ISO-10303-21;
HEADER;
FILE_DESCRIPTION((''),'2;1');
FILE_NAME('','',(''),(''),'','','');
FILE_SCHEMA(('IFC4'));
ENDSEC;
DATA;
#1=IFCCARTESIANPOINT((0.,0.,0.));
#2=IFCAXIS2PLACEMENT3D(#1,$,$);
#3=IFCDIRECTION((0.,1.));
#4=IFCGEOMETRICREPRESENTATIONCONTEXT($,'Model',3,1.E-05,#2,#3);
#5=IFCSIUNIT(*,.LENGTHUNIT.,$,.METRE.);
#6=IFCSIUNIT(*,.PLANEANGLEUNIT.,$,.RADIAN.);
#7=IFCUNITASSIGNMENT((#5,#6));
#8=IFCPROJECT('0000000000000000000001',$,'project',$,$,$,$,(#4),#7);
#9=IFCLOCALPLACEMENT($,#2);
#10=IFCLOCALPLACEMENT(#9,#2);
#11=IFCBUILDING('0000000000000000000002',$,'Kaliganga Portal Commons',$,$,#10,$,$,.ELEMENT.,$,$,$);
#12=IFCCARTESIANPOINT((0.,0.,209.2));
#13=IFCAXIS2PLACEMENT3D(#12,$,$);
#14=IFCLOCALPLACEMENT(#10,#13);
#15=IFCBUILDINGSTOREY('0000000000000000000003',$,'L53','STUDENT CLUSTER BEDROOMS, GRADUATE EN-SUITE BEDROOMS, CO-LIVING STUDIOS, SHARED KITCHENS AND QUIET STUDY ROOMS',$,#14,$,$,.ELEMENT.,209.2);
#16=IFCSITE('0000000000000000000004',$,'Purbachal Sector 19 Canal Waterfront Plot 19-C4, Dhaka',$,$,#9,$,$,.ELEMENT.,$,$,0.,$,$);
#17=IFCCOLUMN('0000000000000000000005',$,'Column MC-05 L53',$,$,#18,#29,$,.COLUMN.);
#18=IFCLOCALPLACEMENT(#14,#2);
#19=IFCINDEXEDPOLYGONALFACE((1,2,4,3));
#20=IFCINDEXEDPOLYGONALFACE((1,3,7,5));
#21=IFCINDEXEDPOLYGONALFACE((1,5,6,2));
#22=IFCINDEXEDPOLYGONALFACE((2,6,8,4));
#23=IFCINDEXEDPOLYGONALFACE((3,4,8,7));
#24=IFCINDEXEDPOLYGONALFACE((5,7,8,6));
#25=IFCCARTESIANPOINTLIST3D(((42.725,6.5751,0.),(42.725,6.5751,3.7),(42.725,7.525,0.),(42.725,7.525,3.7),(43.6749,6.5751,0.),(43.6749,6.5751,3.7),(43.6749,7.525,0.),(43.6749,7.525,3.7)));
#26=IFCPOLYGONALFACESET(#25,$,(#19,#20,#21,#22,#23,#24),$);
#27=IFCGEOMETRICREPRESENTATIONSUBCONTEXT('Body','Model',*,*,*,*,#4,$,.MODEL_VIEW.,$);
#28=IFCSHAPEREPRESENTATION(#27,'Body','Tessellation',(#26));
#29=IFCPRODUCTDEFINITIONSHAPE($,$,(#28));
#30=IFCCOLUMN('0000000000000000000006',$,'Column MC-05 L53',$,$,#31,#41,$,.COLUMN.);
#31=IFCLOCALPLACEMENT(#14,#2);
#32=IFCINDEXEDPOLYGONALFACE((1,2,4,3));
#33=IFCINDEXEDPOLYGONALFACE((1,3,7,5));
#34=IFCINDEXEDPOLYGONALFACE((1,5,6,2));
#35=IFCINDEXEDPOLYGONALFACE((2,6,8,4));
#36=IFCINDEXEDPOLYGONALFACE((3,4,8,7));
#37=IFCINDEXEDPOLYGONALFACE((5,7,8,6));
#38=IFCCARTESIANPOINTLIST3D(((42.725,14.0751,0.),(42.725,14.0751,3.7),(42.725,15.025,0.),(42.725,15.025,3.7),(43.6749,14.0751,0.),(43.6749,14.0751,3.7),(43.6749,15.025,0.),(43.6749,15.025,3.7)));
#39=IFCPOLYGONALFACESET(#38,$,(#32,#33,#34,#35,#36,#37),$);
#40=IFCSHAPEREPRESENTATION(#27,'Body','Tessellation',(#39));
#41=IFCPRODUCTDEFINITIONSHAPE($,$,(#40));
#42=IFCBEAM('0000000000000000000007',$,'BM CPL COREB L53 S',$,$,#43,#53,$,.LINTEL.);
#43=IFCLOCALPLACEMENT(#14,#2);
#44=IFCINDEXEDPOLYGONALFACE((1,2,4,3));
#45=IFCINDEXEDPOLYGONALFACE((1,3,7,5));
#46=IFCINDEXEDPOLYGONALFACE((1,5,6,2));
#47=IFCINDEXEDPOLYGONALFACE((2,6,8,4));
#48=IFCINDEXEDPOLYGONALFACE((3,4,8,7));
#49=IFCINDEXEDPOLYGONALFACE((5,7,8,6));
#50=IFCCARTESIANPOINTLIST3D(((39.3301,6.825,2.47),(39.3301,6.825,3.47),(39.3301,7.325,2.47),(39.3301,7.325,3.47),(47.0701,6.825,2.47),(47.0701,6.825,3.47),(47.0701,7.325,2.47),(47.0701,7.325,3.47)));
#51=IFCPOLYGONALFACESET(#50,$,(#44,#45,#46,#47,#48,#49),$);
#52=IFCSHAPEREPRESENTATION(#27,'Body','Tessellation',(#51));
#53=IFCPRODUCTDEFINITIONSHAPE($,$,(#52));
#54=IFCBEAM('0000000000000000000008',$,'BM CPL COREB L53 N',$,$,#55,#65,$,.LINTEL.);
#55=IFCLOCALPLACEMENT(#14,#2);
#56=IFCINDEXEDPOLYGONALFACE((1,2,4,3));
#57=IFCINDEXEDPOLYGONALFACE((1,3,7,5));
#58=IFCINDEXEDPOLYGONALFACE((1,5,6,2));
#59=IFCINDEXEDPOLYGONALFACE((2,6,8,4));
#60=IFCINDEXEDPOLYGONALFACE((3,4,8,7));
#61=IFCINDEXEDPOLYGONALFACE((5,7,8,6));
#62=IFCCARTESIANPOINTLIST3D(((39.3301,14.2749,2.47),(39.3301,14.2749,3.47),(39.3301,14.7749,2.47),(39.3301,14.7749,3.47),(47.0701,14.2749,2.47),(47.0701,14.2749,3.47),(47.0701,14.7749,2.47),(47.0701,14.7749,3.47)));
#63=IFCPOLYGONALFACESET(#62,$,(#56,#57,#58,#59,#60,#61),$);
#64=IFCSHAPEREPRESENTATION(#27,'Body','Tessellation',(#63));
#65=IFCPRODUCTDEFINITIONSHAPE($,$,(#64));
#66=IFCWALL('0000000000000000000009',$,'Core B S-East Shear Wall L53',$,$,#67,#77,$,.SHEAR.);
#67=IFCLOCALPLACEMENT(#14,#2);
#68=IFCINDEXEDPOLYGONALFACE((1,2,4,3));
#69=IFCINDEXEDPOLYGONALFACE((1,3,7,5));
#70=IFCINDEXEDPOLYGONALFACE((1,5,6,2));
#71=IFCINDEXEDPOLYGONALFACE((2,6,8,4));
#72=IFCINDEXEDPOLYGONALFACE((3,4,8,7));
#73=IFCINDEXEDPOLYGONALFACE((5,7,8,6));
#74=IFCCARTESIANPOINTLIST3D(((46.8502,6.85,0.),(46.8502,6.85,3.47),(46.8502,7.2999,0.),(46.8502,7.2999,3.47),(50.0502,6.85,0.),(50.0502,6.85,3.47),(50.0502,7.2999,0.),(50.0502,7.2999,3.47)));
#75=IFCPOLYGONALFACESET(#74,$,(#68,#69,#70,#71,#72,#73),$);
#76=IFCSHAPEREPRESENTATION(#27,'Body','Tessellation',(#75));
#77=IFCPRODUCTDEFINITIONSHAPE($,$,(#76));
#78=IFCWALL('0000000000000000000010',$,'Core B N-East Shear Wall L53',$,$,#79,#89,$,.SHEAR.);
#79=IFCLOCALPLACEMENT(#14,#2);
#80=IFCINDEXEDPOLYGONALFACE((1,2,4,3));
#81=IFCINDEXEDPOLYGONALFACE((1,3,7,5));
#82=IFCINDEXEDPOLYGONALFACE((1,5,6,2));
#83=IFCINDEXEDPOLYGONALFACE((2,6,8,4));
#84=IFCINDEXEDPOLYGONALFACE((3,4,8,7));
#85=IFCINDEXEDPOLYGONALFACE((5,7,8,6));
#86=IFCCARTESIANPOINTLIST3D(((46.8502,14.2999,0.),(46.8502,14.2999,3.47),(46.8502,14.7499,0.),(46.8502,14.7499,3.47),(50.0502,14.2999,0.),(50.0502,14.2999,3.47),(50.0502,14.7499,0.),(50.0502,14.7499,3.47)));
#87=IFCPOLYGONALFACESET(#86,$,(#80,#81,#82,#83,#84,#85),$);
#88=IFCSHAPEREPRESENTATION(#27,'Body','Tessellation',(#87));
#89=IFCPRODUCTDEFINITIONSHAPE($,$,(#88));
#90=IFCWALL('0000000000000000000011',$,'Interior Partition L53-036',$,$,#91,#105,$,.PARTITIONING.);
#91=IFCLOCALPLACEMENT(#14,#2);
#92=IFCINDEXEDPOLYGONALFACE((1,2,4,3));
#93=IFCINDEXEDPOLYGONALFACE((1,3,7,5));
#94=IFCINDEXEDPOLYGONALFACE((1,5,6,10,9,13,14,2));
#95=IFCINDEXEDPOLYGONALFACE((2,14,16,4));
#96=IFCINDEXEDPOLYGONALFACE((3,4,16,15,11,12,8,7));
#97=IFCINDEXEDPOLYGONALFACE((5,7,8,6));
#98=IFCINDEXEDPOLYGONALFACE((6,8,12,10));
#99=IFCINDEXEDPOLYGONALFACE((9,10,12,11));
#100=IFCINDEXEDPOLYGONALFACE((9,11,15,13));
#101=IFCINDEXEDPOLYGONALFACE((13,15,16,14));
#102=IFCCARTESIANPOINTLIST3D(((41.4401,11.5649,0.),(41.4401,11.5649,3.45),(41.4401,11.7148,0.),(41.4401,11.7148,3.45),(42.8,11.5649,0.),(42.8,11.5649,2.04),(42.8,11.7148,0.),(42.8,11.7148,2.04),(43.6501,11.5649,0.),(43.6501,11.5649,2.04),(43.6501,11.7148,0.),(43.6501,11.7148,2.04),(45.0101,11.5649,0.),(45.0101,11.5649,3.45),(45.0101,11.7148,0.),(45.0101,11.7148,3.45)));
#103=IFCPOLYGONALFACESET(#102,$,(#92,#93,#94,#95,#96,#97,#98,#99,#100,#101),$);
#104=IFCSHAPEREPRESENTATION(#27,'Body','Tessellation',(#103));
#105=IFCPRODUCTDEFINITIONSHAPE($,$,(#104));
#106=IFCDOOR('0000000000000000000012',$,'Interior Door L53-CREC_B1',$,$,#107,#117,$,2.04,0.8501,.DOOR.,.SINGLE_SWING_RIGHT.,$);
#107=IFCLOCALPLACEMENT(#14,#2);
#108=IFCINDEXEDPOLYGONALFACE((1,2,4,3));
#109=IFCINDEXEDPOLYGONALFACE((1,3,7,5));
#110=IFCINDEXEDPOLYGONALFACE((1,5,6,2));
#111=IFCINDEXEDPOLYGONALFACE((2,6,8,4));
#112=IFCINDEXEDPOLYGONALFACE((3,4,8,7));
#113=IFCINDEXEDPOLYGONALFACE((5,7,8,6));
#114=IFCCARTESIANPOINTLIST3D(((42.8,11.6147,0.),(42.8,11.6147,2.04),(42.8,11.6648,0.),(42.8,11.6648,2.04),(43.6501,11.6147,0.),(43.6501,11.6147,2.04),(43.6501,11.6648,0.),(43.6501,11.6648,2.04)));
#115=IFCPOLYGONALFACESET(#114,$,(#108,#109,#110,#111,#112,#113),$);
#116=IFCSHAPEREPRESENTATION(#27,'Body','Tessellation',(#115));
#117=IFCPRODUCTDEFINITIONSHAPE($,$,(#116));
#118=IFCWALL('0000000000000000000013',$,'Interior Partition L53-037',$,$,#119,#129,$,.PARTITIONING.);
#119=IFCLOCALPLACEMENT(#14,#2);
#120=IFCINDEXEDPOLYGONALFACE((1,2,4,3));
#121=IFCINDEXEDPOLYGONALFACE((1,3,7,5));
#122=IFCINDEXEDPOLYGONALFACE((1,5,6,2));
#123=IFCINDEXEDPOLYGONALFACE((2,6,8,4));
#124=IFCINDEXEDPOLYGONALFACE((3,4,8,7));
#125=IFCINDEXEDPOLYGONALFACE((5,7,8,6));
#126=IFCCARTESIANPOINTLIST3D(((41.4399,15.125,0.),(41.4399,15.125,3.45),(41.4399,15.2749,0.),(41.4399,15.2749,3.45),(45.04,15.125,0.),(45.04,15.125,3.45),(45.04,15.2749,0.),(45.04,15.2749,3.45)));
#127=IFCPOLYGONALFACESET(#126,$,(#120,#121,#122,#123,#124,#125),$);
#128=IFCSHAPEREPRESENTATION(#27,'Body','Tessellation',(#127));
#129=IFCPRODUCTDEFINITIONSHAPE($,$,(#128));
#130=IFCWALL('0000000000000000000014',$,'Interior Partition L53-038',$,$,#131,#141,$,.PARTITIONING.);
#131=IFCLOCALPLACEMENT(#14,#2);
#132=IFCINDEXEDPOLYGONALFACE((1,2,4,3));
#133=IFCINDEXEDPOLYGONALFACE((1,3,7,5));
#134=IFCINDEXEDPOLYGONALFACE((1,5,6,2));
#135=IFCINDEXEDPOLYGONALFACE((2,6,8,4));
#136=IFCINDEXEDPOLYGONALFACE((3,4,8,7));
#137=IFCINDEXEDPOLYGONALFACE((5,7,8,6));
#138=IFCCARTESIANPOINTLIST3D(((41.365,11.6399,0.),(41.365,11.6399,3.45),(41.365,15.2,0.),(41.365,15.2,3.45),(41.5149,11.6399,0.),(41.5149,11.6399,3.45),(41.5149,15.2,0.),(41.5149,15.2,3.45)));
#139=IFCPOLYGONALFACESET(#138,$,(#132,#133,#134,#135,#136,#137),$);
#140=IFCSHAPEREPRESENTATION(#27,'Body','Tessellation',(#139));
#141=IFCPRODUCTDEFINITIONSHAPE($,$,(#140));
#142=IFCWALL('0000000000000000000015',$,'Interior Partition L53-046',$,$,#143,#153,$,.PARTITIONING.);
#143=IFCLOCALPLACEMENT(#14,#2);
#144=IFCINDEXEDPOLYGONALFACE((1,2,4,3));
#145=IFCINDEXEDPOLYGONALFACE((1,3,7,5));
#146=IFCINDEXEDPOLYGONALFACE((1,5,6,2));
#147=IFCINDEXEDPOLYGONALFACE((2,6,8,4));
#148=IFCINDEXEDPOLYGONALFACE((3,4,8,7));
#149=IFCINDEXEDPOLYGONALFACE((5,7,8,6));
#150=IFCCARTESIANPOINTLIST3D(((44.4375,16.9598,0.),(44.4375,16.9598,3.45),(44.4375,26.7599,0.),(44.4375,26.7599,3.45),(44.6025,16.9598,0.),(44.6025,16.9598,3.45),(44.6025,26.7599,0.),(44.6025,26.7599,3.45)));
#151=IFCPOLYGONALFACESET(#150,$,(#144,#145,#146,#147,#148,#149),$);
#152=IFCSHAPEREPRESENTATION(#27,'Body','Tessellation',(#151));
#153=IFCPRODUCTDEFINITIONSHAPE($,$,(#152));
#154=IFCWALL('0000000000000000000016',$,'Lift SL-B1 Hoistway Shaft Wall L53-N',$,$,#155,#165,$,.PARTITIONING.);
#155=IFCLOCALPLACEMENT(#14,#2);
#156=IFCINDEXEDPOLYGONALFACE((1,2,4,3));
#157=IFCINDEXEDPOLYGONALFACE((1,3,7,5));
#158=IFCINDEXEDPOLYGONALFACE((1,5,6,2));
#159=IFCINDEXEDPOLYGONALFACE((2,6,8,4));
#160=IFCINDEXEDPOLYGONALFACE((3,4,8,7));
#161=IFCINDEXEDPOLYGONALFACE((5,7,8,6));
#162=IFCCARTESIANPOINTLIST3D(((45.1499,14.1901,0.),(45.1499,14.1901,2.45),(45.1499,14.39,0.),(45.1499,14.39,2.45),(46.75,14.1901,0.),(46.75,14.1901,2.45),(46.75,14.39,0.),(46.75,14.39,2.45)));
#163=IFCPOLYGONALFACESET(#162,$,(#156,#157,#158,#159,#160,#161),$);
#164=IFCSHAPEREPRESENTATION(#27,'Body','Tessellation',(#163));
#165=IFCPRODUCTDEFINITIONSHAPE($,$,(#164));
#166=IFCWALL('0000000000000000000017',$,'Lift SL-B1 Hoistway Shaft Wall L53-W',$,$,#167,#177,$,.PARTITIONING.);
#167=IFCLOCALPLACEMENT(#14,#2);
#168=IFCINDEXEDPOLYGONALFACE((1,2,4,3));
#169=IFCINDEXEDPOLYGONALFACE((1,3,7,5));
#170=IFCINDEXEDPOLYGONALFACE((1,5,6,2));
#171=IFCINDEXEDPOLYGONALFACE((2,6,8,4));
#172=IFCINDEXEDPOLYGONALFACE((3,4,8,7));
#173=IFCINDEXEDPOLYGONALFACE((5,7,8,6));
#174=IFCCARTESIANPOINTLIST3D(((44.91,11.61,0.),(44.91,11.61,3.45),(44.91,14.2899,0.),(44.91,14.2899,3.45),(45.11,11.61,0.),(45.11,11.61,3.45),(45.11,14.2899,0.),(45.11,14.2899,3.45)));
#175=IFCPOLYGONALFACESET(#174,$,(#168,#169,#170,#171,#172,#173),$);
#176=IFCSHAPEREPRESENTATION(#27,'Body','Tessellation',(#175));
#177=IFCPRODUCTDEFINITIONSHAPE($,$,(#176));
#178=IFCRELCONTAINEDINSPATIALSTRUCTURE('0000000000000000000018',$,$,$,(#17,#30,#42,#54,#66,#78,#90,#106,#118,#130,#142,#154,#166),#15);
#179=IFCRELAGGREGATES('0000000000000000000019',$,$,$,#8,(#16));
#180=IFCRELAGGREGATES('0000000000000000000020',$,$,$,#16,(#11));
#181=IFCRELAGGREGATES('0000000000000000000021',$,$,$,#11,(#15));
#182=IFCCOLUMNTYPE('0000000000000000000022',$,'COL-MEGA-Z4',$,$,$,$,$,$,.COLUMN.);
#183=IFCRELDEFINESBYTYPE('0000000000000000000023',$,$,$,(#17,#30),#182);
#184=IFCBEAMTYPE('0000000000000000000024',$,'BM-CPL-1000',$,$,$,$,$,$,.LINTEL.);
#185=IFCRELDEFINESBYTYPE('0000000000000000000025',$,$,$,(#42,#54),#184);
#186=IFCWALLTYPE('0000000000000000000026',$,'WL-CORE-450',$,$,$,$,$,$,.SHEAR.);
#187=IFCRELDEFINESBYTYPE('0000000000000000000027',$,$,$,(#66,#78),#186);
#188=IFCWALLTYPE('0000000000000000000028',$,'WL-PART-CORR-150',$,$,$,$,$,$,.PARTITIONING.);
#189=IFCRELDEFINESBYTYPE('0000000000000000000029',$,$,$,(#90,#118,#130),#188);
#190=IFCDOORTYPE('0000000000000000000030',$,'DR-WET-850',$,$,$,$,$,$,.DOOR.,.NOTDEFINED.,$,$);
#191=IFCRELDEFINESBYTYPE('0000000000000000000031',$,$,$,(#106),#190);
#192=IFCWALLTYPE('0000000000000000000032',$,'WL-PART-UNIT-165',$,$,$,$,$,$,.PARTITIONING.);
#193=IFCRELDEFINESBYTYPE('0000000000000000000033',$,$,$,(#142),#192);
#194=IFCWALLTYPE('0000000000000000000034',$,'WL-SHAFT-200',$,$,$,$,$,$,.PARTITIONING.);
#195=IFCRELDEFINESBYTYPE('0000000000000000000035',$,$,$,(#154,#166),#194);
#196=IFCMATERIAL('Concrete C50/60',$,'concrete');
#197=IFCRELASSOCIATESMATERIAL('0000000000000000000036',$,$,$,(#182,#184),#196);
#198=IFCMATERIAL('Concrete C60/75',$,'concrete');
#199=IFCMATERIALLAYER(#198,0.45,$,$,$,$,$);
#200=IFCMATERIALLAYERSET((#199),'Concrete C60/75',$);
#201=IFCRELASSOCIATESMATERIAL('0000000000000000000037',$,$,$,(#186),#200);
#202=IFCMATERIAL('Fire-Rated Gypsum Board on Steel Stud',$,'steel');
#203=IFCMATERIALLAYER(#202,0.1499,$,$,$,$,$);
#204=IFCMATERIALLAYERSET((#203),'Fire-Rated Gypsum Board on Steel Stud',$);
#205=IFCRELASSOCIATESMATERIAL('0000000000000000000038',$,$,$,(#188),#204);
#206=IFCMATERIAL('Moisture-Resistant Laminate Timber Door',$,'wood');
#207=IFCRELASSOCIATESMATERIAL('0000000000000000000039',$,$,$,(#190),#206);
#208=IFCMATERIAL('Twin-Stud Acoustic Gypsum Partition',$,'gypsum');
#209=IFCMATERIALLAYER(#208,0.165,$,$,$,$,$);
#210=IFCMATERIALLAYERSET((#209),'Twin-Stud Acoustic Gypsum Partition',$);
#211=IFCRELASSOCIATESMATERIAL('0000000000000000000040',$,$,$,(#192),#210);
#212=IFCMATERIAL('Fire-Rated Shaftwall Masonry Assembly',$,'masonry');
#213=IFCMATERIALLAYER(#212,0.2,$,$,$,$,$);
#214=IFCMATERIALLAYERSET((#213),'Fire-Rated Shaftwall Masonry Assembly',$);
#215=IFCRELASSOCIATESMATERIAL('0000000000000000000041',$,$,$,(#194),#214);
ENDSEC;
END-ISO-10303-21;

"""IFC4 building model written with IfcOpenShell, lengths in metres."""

from ifc_helpers import new_model, si_unit, direction, frame, frame_2d, origin, origin_2d, place, context, subcontext, project, spatial, rectangle, extrude, source, transform, mapped, material, layer, layer_set, material_profile, profile_set, type_object, element, fill, save


model = new_model("IFC4")

# Units and contexts
model_context = context("Model", 3, precision=1e-05, world=origin(), true_north=direction((0.0, 1.0)))
body_context = subcontext(model_context, "Body", "Model", "MODEL_VIEW")
ifc_project = project(units=[si_unit("LENGTHUNIT", "METRE"), si_unit("PLANEANGLEUNIT", "RADIAN")], contexts=[model_context])

# Site, building, storey
site_placement = place(None, origin())
site = spatial("IfcSite", under=ifc_project, at=site_placement, Name="Purbachal Sector 19 Canal Waterfront Plot 19-C4, Dhaka", CompositionType="ELEMENT", RefElevation=0.0)
building_placement = place(site_placement, origin())
building = spatial("IfcBuilding", under=site, at=building_placement, Name="Kaliganga Portal Commons", CompositionType="ELEMENT")
storey_placement = place(building_placement, frame((0.0, 0.0, 209.2)))
storey = spatial("IfcBuildingStorey", under=building, at=storey_placement, Name="L53", Description="STUDENT CLUSTER BEDROOMS, GRADUATE EN-SUITE BEDROOMS, CO-LIVING STUDIOS, SHARED KITCHENS AND QUIET STUDY ROOMS", CompositionType="ELEMENT", Elevation=209.2)

# Columns
ifc_material_1 = material(Name="Concrete C50/60", Category="concrete")
ifc_material_profile_1 = material_profile(ifc_material_1, rectangle(XDim=0.95, YDim=0.95, at=origin_2d()), Name="RC 950x950")
ifc_profile_set_1 = profile_set([ifc_material_profile_1], Name="Concrete C50/60")
column_type = type_object("IfcColumnType", Name="COL-MEGA-Z4", PredefinedType="COLUMN", material=ifc_profile_set_1)
shared_shape_1 = source(origin(), body_context, "Body", "SweptSolid", [
    extrude(rectangle(XDim=0.95, YDim=0.95, at=origin_2d()), origin(), (0.0, 0.0, 1.0), 3.7),
])
for number, where, z_axis, x_axis, name in (
    (1, (43.2, 7.05, 0.0), (0.0, 0.0, 1.0), (1.0, 0.0, 0.0), "Column MC-05 L53"),
    (2, (43.2, 14.55, 0.0), (0.0, 0.0, 1.0), (1.0, 0.0, 0.0), "Column MC-05 L53"),
):
    element("IfcColumn", number, at=place(storey_placement, frame(where, z_axis=z_axis, x_axis=x_axis)), inside=storey, type_object=column_type, Name=name, PredefinedType="COLUMN", context=body_context, shape_type="MappedRepresentation", body=[
        mapped(shared_shape_1, transform((0.0, 0.0, 0.0), x_axis=(1.0, 0.0, 0.0), y_axis=(0.0, 1.0, 0.0), z_axis=(0.0, 0.0, 1.0), scale=1.0)),
    ])

# Beams
ifc_material_profile_2 = material_profile(ifc_material_1, rectangle(XDim=0.5, YDim=1.0, at=origin_2d()), Name="RC 500x1000")
ifc_profile_set_2 = profile_set([ifc_material_profile_2], Name="Concrete C50/60")
beam_type = type_object("IfcBeamType", Name="BM-CPL-1000", PredefinedType="LINTEL", material=ifc_profile_set_2)
shared_shape_2 = source(origin(), body_context, "Body", "SweptSolid", [
    extrude(rectangle(XDim=0.5, YDim=1.0, at=origin_2d()), origin(), (0.0, 0.0, 1.0), 7.74),
])
for number, where, z_axis, x_axis, name in (
    (3, (39.3301, 7.075, 2.97), (1.0, 0.0, 0.0), (0.0, 1.0, 0.0), "BM CPL COREB L53 S"),
    (4, (39.3301, 14.5249, 2.97), (1.0, 0.0, 0.0), (0.0, 1.0, 0.0), "BM CPL COREB L53 N"),
):
    element("IfcBeam", number, at=place(storey_placement, frame(where, z_axis=z_axis, x_axis=x_axis)), inside=storey, type_object=beam_type, Name=name, PredefinedType="LINTEL", context=body_context, shape_type="MappedRepresentation", body=[
        mapped(shared_shape_2, transform((0.0, 0.0, 0.0), x_axis=(1.0, 0.0, 0.0), y_axis=(0.0, 1.0, 0.0), z_axis=(0.0, 0.0, 1.0), scale=1.0)),
    ])

# Walls
ifc_material_2 = material(Name="Concrete C60/75", Category="concrete")
ifc_layer_1 = layer(ifc_material_2, 0.45)
ifc_layer_set_1 = layer_set([ifc_layer_1], Name="Concrete C60/75")
wall_type_1 = type_object("IfcWallType", Name="WL-CORE-450", PredefinedType="SHEAR", material=ifc_layer_set_1)
for number, where, z_axis, x_axis, name in (
    (5, (46.8501, 7.075, 0.0), (0.0, 0.0, 1.0), (1.0, 0.0, 0.0), "Core B S-East Shear Wall L53"),
    (6, (46.8501, 14.5249, 0.0), (0.0, 0.0, 1.0), (1.0, 0.0, 0.0), "Core B N-East Shear Wall L53"),
):
    element("IfcWall", number, at=place(storey_placement, frame(where, z_axis=z_axis, x_axis=x_axis)), inside=storey, type_object=wall_type_1, Name=name, PredefinedType="SHEAR", context=body_context, shape_type="SweptSolid", body=[
        extrude(rectangle(XDim=3.2, YDim=0.45, at=frame_2d((1.6001, 0.0))), origin(), (0.0, 0.0, 1.0), 3.47),
    ])

# Wall, opening, door
ifc_material_3 = material(Name="Fire-Rated Gypsum Board on Steel Stud", Category="steel")
ifc_layer_2 = layer(ifc_material_3, 0.1499)
ifc_layer_set_2 = layer_set([ifc_layer_2], Name="Fire-Rated Gypsum Board on Steel Stud")
wall_type_2 = type_object("IfcWallType", Name="WL-PART-CORR-150", PredefinedType="PARTITIONING", material=ifc_layer_set_2)
wall_1_placement = place(storey_placement, frame((41.4399, 11.6399, 0.0), z_axis=(0.0, 0.0, 1.0), x_axis=(1.0, 0.0, 0.0)))
wall_1 = element("IfcWall", 7, at=wall_1_placement, inside=storey, type_object=wall_type_2, Name="Interior Partition L53-036", PredefinedType="PARTITIONING", context=body_context, shape_type="SweptSolid", body=[
    extrude(rectangle(XDim=3.5701, YDim=0.1499, at=frame_2d((1.7852, 0.0))), origin(), (0.0, 0.0, 1.0), 3.45),
])
opening_1_placement = place(wall_1_placement, frame((1.3601, 0.0, 0.0)))
opening_1 = element("IfcOpeningElement", 8, at=opening_1_placement, cuts=wall_1, PredefinedType="OPENING", context=body_context, shape_type="SweptSolid", body=[
    extrude(rectangle(XDim=0.8501, YDim=2.04, at=frame_2d((0.425, 1.02))), frame((0.0, 0.085, 0.0), z_axis=(0.0, -1.0, 0.0), x_axis=(1.0, 0.0, 0.0)), (0.0, 0.0, 1.0), 0.1699),
])
ifc_material_4 = material(Name="Moisture-Resistant Laminate Timber Door", Category="wood")
door_type_1 = type_object("IfcDoorType", Name="DR-WET-850", OperationType="NOTDEFINED", PredefinedType="DOOR", material=ifc_material_4)
door_1_placement = place(opening_1_placement, origin())
door_1 = element("IfcDoor", 9, at=door_1_placement, inside=storey, type_object=door_type_1, Name="Interior Door L53-CREC_B1", OperationType="SINGLE_SWING_RIGHT", OverallHeight=2.04, OverallWidth=0.8501, PredefinedType="DOOR", context=body_context, shape_type="SweptSolid", body=[
    extrude(rectangle(XDim=0.8501, YDim=2.04, at=frame_2d((0.425, 1.02))), frame((0.0, 0.0249, 0.0), z_axis=(0.0, -1.0, 0.0), x_axis=(1.0, 0.0, 0.0)), (0.0, 0.0, 1.0), 0.05),
])
fill(opening_1, door_1)

# Walls
wall_2_placement = place(storey_placement, frame((41.4399, 15.2, 0.0), z_axis=(0.0, 0.0, 1.0), x_axis=(1.0, 0.0, 0.0)))
element("IfcWall", 10, at=wall_2_placement, inside=storey, type_object=wall_type_2, Name="Interior Partition L53-037", PredefinedType="PARTITIONING", context=body_context, shape_type="SweptSolid", body=[
    extrude(rectangle(XDim=3.6001, YDim=0.1499, at=frame_2d((1.8, 0.0))), origin(), (0.0, 0.0, 1.0), 3.45),
])
wall_3_placement = place(storey_placement, frame((41.4399, 11.6399, 0.0), z_axis=(0.0, 0.0, 1.0), x_axis=(0.0, 1.0, 0.0)))
element("IfcWall", 11, at=wall_3_placement, inside=storey, type_object=wall_type_2, Name="Interior Partition L53-038", PredefinedType="PARTITIONING", context=body_context, shape_type="SweptSolid", body=[
    extrude(rectangle(XDim=3.5601, YDim=0.1499, at=frame_2d((1.78, 0.0))), origin(), (0.0, 0.0, 1.0), 3.45),
])
ifc_material_5 = material(Name="Twin-Stud Acoustic Gypsum Partition", Category="gypsum")
ifc_layer_3 = layer(ifc_material_5, 0.165)
ifc_layer_set_3 = layer_set([ifc_layer_3], Name="Twin-Stud Acoustic Gypsum Partition")
wall_type_3 = type_object("IfcWallType", Name="WL-PART-UNIT-165", PredefinedType="PARTITIONING", material=ifc_layer_set_3)
wall_4_placement = place(storey_placement, frame((44.52, 16.96, 0.0), z_axis=(0.0, 0.0, 1.0), x_axis=(0.0, 1.0, 0.0)))
element("IfcWall", 12, at=wall_4_placement, inside=storey, type_object=wall_type_3, Name="Interior Partition L53-046", PredefinedType="PARTITIONING", context=body_context, shape_type="SweptSolid", body=[
    extrude(rectangle(XDim=9.8, YDim=0.165, at=frame_2d((4.8999, 0.0))), origin(), (0.0, 0.0, 1.0), 3.45),
])

# Shared definitions
ifc_material_6 = material(Name="Fire-Rated Shaftwall Masonry Assembly", Category="masonry")
ifc_layer_4 = layer(ifc_material_6, 0.2)
ifc_layer_set_4 = layer_set([ifc_layer_4], Name="Fire-Rated Shaftwall Masonry Assembly")
wall_type_4 = type_object("IfcWallType", Name="WL-SHAFT-200", PredefinedType="PARTITIONING", material=ifc_layer_set_4)

# Walls
wall_5_placement = place(storey_placement, frame((45.1499, 14.29, 0.0), z_axis=(0.0, 0.0, 1.0), x_axis=(1.0, 0.0, 0.0)))
element("IfcWall", 13, at=wall_5_placement, inside=storey, type_object=wall_type_4, Name="Lift SL-B1 Hoistway Shaft Wall L53-N", PredefinedType="PARTITIONING", context=body_context, shape_type="SweptSolid", body=[
    extrude(rectangle(XDim=1.6001, YDim=0.2, at=frame_2d((0.8, 0.0))), origin(), (0.0, 0.0, 1.0), 2.45),
])
wall_6_placement = place(storey_placement, frame((45.01, 11.6101, 0.0), z_axis=(0.0, 0.0, 1.0), x_axis=(0.0, 1.0, 0.0)))
element("IfcWall", 14, at=wall_6_placement, inside=storey, type_object=wall_type_4, Name="Lift SL-B1 Hoistway Shaft Wall L53-W", PredefinedType="PARTITIONING", context=body_context, shape_type="SweptSolid", body=[
    extrude(rectangle(XDim=2.6799, YDim=0.2, at=frame_2d((1.3398, 0.0))), origin(), (0.0, 0.0, 1.0), 3.45),
])

save(model, "model.ifc")
